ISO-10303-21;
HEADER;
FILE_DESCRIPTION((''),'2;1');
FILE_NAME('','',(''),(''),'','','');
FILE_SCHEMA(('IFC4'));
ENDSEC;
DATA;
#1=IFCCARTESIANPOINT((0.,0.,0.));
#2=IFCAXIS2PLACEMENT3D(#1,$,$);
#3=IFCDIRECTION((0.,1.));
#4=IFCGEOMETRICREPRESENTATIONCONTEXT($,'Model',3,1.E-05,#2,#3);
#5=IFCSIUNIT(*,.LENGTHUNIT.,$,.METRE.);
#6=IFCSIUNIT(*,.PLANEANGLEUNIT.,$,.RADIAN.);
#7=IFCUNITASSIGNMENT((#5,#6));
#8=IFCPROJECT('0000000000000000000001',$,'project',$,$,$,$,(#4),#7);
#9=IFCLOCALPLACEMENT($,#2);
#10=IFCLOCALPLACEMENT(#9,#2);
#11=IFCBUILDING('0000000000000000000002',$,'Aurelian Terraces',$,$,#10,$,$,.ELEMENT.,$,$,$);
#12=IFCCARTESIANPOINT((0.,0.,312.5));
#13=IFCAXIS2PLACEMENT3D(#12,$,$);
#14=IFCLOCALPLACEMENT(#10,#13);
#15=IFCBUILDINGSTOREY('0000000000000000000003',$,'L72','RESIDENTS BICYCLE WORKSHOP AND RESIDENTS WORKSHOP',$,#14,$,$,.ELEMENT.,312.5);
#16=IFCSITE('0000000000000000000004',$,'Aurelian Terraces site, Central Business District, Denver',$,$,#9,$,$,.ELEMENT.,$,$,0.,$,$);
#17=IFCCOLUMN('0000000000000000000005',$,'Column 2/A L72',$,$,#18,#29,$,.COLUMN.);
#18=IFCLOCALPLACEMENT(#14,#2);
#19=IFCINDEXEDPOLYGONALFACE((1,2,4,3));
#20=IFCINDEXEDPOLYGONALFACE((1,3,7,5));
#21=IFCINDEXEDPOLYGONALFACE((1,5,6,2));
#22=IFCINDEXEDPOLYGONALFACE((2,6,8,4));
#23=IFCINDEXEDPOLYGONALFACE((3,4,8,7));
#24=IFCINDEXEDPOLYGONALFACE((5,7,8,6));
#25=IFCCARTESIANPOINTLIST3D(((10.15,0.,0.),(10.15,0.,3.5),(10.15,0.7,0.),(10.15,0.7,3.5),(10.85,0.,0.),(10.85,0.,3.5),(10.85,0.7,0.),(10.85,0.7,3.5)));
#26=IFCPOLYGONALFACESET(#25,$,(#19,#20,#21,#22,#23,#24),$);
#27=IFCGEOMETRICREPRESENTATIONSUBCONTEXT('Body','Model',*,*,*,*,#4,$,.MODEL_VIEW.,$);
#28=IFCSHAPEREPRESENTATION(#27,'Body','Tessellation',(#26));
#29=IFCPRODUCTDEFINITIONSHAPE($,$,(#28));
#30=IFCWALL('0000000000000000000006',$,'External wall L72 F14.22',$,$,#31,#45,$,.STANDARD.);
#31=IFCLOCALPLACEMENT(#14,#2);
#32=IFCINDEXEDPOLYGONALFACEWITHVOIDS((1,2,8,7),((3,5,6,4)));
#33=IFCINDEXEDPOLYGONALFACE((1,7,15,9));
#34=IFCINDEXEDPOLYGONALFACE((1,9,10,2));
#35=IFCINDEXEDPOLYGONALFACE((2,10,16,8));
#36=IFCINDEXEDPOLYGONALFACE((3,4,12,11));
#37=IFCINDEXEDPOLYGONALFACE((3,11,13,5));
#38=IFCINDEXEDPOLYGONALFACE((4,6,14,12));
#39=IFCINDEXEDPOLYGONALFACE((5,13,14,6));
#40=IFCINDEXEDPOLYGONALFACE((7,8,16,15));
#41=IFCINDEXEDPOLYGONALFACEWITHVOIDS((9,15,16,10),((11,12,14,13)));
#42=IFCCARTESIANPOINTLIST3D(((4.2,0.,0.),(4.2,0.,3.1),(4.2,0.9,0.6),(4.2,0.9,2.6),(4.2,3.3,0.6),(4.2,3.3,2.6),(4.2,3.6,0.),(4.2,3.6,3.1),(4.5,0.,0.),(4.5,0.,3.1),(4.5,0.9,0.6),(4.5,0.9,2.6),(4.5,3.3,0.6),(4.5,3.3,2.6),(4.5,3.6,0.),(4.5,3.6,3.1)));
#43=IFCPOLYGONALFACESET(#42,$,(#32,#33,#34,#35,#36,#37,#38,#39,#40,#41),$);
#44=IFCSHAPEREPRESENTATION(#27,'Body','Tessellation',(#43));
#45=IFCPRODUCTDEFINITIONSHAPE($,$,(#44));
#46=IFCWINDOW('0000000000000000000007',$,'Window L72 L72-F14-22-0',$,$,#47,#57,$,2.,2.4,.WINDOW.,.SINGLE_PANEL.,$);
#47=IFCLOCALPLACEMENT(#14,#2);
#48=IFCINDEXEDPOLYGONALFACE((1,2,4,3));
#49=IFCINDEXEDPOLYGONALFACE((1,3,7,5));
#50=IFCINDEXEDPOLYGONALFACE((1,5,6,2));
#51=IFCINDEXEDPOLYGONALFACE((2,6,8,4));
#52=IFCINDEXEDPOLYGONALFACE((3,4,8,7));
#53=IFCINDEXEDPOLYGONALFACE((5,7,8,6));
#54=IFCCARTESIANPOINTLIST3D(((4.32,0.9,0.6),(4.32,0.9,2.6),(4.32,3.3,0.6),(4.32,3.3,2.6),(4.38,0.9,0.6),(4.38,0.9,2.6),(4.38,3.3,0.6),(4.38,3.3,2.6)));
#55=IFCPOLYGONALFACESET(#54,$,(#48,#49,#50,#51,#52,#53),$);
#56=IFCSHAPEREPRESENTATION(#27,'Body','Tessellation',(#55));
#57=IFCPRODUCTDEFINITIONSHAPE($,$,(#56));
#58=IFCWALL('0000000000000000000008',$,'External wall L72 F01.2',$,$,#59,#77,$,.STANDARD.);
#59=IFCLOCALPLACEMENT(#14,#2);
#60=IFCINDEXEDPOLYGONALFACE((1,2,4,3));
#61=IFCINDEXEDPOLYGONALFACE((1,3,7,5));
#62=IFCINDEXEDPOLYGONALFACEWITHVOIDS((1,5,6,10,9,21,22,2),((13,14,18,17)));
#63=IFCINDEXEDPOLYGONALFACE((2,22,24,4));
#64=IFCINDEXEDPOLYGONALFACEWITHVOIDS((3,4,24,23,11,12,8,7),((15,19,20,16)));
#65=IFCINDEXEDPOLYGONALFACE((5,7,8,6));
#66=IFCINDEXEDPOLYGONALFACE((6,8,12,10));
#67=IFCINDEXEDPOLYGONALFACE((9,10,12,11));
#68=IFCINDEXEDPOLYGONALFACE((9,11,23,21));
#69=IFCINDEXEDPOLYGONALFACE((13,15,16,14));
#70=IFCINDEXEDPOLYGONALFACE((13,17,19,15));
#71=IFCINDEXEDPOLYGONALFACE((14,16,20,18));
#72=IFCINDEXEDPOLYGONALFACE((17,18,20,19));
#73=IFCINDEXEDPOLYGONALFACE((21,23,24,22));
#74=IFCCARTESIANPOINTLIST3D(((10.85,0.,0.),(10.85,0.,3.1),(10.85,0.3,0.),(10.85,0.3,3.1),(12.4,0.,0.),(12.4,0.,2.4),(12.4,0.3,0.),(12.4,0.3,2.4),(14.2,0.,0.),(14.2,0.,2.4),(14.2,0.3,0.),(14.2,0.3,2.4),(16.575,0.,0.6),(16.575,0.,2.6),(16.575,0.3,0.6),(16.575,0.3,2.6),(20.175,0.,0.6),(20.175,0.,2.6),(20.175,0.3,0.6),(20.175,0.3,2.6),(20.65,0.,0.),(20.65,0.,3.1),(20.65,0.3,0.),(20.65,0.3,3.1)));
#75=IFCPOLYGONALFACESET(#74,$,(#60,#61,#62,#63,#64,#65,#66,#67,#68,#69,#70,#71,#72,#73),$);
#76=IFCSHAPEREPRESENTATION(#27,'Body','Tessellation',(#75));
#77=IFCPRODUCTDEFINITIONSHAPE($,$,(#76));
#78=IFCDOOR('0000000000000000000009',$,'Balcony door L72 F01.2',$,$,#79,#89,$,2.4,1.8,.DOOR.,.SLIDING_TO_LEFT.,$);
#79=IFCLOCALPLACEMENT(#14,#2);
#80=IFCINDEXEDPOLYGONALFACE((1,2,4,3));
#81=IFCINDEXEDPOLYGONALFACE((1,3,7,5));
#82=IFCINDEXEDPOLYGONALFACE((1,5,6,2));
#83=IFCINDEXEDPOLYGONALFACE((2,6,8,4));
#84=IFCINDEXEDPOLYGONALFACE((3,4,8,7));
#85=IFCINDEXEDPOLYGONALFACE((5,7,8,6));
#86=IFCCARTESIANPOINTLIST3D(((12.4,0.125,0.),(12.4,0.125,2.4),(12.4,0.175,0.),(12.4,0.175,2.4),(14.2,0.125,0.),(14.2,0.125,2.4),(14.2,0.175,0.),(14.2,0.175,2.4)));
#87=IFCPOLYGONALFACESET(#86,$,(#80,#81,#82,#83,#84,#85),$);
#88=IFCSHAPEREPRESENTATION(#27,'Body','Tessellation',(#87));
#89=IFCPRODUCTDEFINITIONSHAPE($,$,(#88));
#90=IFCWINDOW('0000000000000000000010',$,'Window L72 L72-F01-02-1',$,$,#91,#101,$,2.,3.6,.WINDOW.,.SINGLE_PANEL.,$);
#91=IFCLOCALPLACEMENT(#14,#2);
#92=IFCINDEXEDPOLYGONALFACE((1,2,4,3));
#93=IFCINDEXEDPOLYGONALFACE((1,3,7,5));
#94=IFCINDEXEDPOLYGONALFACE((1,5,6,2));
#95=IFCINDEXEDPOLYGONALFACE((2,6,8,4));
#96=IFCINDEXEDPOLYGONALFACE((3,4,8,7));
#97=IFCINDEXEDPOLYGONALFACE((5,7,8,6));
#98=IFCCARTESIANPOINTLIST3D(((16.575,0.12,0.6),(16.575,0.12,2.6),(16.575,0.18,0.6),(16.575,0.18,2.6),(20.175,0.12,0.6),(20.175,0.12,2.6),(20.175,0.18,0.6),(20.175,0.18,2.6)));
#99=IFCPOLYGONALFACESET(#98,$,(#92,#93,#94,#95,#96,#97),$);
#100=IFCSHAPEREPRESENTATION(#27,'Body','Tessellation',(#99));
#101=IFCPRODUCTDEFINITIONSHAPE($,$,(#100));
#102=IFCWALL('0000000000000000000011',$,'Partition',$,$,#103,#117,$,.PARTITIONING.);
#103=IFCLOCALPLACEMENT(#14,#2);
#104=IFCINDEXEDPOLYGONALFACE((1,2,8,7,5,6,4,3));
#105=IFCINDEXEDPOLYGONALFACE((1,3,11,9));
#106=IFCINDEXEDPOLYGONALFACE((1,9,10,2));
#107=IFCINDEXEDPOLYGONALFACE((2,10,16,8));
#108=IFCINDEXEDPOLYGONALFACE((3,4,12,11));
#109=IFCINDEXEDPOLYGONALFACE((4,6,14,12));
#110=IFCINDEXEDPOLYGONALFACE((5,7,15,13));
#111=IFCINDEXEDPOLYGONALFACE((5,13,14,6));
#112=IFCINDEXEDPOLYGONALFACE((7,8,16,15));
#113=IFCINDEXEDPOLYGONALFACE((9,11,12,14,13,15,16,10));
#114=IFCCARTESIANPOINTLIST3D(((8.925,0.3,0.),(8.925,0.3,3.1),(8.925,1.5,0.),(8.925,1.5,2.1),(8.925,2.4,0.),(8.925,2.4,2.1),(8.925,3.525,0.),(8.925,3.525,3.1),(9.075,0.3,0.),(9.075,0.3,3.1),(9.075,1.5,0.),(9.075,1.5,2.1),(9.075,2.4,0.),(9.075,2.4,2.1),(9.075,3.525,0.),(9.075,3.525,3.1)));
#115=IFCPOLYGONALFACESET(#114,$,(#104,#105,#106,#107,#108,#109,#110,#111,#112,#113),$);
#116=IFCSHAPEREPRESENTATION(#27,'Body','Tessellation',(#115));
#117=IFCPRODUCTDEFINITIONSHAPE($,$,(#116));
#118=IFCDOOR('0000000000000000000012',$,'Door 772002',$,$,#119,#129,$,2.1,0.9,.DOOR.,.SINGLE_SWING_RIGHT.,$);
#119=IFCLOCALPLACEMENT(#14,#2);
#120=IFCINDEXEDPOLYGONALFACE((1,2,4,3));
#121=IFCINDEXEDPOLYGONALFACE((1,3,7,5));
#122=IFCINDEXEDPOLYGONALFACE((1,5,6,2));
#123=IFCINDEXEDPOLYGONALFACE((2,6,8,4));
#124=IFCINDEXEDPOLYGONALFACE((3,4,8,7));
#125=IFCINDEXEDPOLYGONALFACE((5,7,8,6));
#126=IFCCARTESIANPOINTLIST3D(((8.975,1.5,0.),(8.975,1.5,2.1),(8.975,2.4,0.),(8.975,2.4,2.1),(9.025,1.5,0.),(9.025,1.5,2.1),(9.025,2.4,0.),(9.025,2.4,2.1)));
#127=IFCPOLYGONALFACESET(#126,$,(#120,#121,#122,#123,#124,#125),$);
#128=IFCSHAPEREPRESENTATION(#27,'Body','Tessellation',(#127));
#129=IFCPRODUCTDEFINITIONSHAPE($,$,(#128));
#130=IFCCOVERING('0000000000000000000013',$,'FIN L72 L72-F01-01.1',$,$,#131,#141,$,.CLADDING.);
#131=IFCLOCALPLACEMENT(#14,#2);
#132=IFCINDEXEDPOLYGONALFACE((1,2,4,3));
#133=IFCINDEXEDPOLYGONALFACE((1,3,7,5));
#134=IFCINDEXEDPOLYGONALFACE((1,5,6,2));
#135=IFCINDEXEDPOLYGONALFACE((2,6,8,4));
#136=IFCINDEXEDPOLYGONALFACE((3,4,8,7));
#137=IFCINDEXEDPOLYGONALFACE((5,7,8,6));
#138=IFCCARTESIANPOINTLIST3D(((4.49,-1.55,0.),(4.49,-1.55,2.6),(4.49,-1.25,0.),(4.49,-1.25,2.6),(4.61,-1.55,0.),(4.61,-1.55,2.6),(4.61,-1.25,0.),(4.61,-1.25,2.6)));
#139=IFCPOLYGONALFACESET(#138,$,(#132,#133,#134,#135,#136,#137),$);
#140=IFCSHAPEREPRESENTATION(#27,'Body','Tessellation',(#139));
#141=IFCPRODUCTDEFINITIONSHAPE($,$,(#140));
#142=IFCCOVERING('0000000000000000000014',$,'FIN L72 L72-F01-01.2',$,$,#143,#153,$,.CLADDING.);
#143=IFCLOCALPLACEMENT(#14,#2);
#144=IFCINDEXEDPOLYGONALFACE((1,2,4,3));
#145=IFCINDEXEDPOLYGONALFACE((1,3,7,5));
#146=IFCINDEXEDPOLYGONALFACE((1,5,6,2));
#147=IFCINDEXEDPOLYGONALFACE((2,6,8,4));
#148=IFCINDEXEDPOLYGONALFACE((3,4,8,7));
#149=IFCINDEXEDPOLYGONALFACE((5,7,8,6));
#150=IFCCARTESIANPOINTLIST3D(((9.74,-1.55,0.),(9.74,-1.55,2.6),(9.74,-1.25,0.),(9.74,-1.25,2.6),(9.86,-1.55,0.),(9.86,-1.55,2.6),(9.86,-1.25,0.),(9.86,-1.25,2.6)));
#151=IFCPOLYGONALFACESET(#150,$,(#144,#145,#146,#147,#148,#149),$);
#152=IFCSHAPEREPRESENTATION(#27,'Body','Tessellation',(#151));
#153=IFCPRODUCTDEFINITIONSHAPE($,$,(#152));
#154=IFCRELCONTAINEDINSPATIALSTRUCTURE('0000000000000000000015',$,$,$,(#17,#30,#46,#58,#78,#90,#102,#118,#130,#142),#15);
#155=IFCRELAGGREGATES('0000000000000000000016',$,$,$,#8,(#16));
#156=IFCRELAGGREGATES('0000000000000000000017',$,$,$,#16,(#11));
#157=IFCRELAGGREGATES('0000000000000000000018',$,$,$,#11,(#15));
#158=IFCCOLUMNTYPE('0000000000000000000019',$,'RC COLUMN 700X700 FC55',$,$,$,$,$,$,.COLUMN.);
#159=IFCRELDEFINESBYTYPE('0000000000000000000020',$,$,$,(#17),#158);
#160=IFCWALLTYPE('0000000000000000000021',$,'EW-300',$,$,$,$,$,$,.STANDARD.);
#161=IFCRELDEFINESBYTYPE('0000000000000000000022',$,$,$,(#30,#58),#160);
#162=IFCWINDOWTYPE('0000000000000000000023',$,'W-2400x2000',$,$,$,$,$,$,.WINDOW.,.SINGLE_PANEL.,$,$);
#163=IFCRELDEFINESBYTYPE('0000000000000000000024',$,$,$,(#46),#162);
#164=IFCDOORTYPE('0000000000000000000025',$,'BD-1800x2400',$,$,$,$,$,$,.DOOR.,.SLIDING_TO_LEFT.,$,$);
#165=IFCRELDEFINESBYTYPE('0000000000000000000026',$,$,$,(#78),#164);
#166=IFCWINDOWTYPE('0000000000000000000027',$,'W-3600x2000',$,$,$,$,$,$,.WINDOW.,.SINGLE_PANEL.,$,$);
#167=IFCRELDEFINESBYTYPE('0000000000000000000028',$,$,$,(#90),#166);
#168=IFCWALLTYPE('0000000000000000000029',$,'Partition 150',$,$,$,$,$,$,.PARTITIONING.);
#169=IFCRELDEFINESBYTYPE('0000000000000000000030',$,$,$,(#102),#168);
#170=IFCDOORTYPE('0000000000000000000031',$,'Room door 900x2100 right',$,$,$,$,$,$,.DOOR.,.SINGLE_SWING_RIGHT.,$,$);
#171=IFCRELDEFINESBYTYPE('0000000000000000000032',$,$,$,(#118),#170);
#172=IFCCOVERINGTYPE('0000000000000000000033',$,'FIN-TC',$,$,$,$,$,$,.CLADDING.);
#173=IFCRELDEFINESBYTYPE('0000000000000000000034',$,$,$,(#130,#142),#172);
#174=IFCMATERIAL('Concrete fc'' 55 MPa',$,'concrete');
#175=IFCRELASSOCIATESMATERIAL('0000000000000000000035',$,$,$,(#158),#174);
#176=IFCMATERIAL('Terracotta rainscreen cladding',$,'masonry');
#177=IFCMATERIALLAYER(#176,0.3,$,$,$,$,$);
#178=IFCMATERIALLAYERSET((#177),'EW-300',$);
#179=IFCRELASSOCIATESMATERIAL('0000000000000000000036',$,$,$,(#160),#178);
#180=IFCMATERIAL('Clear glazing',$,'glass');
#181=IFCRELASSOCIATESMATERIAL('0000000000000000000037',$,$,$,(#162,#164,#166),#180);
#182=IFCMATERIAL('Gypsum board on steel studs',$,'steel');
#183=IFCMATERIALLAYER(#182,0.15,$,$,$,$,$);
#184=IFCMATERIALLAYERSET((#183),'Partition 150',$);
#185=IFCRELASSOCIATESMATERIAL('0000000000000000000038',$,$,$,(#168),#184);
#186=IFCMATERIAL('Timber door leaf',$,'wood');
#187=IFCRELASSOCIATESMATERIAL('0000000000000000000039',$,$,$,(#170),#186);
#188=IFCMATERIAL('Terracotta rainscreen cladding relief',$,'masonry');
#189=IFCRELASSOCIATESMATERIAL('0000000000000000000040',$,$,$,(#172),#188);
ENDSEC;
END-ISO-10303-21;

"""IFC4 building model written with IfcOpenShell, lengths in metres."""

from ifc_helpers import new_model, si_unit, direction, frame, frame_2d, origin, origin_2d, place, context, subcontext, project, spatial, rectangle, extrude, source, transform, mapped, material, layer, layer_set, material_profile, profile_set, type_object, element, fill, save


model = new_model("IFC4")

# Units and contexts
model_context = context("Model", 3, precision=1e-05, world=origin(), true_north=direction((0.0, 1.0)))
body_context = subcontext(model_context, "Body", "Model", "MODEL_VIEW")
ifc_project = project(units=[si_unit("LENGTHUNIT", "METRE"), si_unit("PLANEANGLEUNIT", "RADIAN")], contexts=[model_context])

# Site, building, storey
site_placement = place(None, origin())
site = spatial("IfcSite", under=ifc_project, at=site_placement, Name="Aurelian Terraces site, Central Business District, Denver", CompositionType="ELEMENT", RefElevation=0.0)
building_placement = place(site_placement, origin())
building = spatial("IfcBuilding", under=site, at=building_placement, Name="Aurelian Terraces", CompositionType="ELEMENT")
storey_placement = place(building_placement, frame((0.0, 0.0, 312.5)))
storey = spatial("IfcBuildingStorey", under=building, at=storey_placement, Name="L72", Description="RESIDENTS BICYCLE WORKSHOP AND RESIDENTS WORKSHOP", CompositionType="ELEMENT", Elevation=312.5)

# Column
ifc_material_1 = material(Name="Concrete fc' 55 MPa", Category="concrete")
ifc_material_profile = material_profile(ifc_material_1, rectangle(XDim=0.7, YDim=0.7, at=origin_2d()))
ifc_profile_set = profile_set([ifc_material_profile], Name="Concrete fc' 55 MPa")
column_type = type_object("IfcColumnType", Name="RC COLUMN 700X700 FC55", PredefinedType="COLUMN", material=ifc_profile_set)
shared_shape_1 = source(origin(), body_context, "Body", "SweptSolid", [
    extrude(rectangle(XDim=0.7, YDim=0.7, at=origin_2d()), origin(), (0.0, 0.0, 1.0), 3.5),
])
column_placement = place(storey_placement, frame((10.5, 0.35, 0.0), z_axis=(0.0, 0.0, 1.0), x_axis=(1.0, 0.0, 0.0)))
element("IfcColumn", 1, at=column_placement, inside=storey, type_object=column_type, Name="Column 2/A L72", PredefinedType="COLUMN", context=body_context, shape_type="MappedRepresentation", body=[
    mapped(shared_shape_1, transform((0.0, 0.0, 0.0), scale=1.0)),
])

# Wall, opening, window
ifc_material_2 = material(Name="Terracotta rainscreen cladding", Category="masonry")
ifc_layer_1 = layer(ifc_material_2, 0.3)
ifc_layer_set_1 = layer_set([ifc_layer_1], Name="EW-300")
wall_type_1 = type_object("IfcWallType", Name="EW-300", PredefinedType="STANDARD", material=ifc_layer_set_1)
shared_shape_2 = source(origin(), body_context, "Body", "SweptSolid", [
    extrude(rectangle(XDim=3.6, YDim=0.3, at=frame_2d((1.8, 0.0))), origin(), (0.0, 0.0, 1.0), 3.1),
])
wall_1_placement = place(storey_placement, frame((4.35, 3.6, 0.0), z_axis=(0.0, 0.0, 1.0), x_axis=(0.0, -1.0, 0.0)))
wall_1 = element("IfcWall", 2, at=wall_1_placement, inside=storey, type_object=wall_type_1, Name="External wall L72 F14.22", PredefinedType="STANDARD", context=body_context, shape_type="MappedRepresentation", body=[
    mapped(shared_shape_2, transform((0.0, 0.0, 0.0), scale=1.0)),
])
shared_shape_3 = source(origin(), body_context, "Body", "SweptSolid", [
    extrude(rectangle(XDim=2.4, YDim=2.0, at=frame_2d((1.2, 1.0))), frame((0.0, 0.16, 0.0), z_axis=(0.0, -1.0, 0.0), x_axis=(1.0, 0.0, 0.0)), (0.0, 0.0, 1.0), 0.32),
])
opening_1_placement = place(wall_1_placement, frame((0.3, 0.0, 0.6)))
opening_1 = element("IfcOpeningElement", 3, at=opening_1_placement, cuts=wall_1, PredefinedType="OPENING", context=body_context, shape_type="MappedRepresentation", body=[
    mapped(shared_shape_3, transform((0.0, 0.0, 0.0), scale=1.0)),
])
ifc_material_3 = material(Name="Clear glazing", Category="glass")
window_type_1 = type_object("IfcWindowType", Name="W-2400x2000", PartitioningType="SINGLE_PANEL", PredefinedType="WINDOW", material=ifc_material_3)
shared_shape_4 = source(origin(), body_context, "Body", "SweptSolid", [
    extrude(rectangle(XDim=2.4, YDim=2.0, at=frame_2d((1.2, 1.0))), frame((0.0, 0.03, 0.0), z_axis=(0.0, -1.0, 0.0), x_axis=(1.0, 0.0, 0.0)), (0.0, 0.0, 1.0), 0.06),
])
window_1_placement = place(opening_1_placement, origin())
window_1 = element("IfcWindow", 4, at=window_1_placement, inside=storey, type_object=window_type_1, Name="Window L72 L72-F14-22-0", OverallHeight=2.0, OverallWidth=2.4, PartitioningType="SINGLE_PANEL", PredefinedType="WINDOW", context=body_context, shape_type="MappedRepresentation", body=[
    mapped(shared_shape_4, transform((0.0, 0.0, 0.0), scale=1.0)),
])
fill(opening_1, window_1)

# Wall, openings, door, window
shared_shape_5 = source(origin(), body_context, "Body", "SweptSolid", [
    extrude(rectangle(XDim=9.8, YDim=0.3, at=frame_2d((4.9, 0.0))), origin(), (0.0, 0.0, 1.0), 3.1),
])
wall_2_placement = place(storey_placement, frame((10.85, 0.15, 0.0), z_axis=(0.0, 0.0, 1.0), x_axis=(1.0, 0.0, 0.0)))
wall_2 = element("IfcWall", 5, at=wall_2_placement, inside=storey, type_object=wall_type_1, Name="External wall L72 F01.2", PredefinedType="STANDARD", context=body_context, shape_type="MappedRepresentation", body=[
    mapped(shared_shape_5, transform((0.0, 0.0, 0.0), scale=1.0)),
])
shared_shape_6 = source(origin(), body_context, "Body", "SweptSolid", [
    extrude(rectangle(XDim=1.8, YDim=2.4, at=frame_2d((0.9, 1.2))), frame((0.0, 0.16, 0.0), z_axis=(0.0, -1.0, 0.0), x_axis=(1.0, 0.0, 0.0)), (0.0, 0.0, 1.0), 0.32),
])
opening_2_placement = place(wall_2_placement, frame((1.55, 0.0, 0.0)))
opening_2 = element("IfcOpeningElement", 6, at=opening_2_placement, cuts=wall_2, PredefinedType="OPENING", context=body_context, shape_type="MappedRepresentation", body=[
    mapped(shared_shape_6, transform((0.0, 0.0, 0.0), scale=1.0)),
])
shared_shape_7 = source(origin(), body_context, "Body", "SweptSolid", [
    extrude(rectangle(XDim=3.6, YDim=2.0, at=frame_2d((1.8, 1.0))), frame((0.0, 0.16, 0.0), z_axis=(0.0, -1.0, 0.0), x_axis=(1.0, 0.0, 0.0)), (0.0, 0.0, 1.0), 0.32),
])
opening_3_placement = place(wall_2_placement, frame((5.725, 0.0, 0.6)))
opening_3 = element("IfcOpeningElement", 7, at=opening_3_placement, cuts=wall_2, PredefinedType="OPENING", context=body_context, shape_type="MappedRepresentation", body=[
    mapped(shared_shape_7, transform((0.0, 0.0, 0.0), scale=1.0)),
])
door_type_1 = type_object("IfcDoorType", Name="BD-1800x2400", OperationType="SLIDING_TO_LEFT", PredefinedType="DOOR", material=ifc_material_3)
shared_shape_8 = source(origin(), body_context, "Body", "SweptSolid", [
    extrude(rectangle(XDim=1.8, YDim=2.4, at=frame_2d((0.9, 1.2))), frame((0.0, 0.025, 0.0), z_axis=(0.0, -1.0, 0.0), x_axis=(1.0, 0.0, 0.0)), (0.0, 0.0, 1.0), 0.05),
])
door_1_placement = place(opening_2_placement, origin())
door_1 = element("IfcDoor", 8, at=door_1_placement, inside=storey, type_object=door_type_1, Name="Balcony door L72 F01.2", OperationType="SLIDING_TO_LEFT", OverallHeight=2.4, OverallWidth=1.8, PredefinedType="DOOR", context=body_context, shape_type="MappedRepresentation", body=[
    mapped(shared_shape_8, transform((0.0, 0.0, 0.0), scale=1.0)),
])
fill(opening_2, door_1)
window_type_2 = type_object("IfcWindowType", Name="W-3600x2000", PartitioningType="SINGLE_PANEL", PredefinedType="WINDOW", material=ifc_material_3)
shared_shape_9 = source(origin(), body_context, "Body", "SweptSolid", [
    extrude(rectangle(XDim=3.6, YDim=2.0, at=frame_2d((1.8, 1.0))), frame((0.0, 0.03, 0.0), z_axis=(0.0, -1.0, 0.0), x_axis=(1.0, 0.0, 0.0)), (0.0, 0.0, 1.0), 0.06),
])
window_2_placement = place(opening_3_placement, origin())
window_2 = element("IfcWindow", 9, at=window_2_placement, inside=storey, type_object=window_type_2, Name="Window L72 L72-F01-02-1", OverallHeight=2.0, OverallWidth=3.6, PartitioningType="SINGLE_PANEL", PredefinedType="WINDOW", context=body_context, shape_type="MappedRepresentation", body=[
    mapped(shared_shape_9, transform((0.0, 0.0, 0.0), scale=1.0)),
])
fill(opening_3, window_2)

# Wall, opening, door
ifc_material_4 = material(Name="Gypsum board on steel studs", Category="steel")
ifc_layer_2 = layer(ifc_material_4, 0.15)
ifc_layer_set_2 = layer_set([ifc_layer_2], Name="Partition 150")
wall_type_2 = type_object("IfcWallType", Name="Partition 150", PredefinedType="PARTITIONING", material=ifc_layer_set_2)
shared_shape_10 = source(origin(), body_context, "Body", "SweptSolid", [
    extrude(rectangle(XDim=3.225, YDim=0.15, at=frame_2d((1.6125, 0.0))), origin(), (0.0, 0.0, 1.0), 3.1),
])
wall_3_placement = place(storey_placement, frame((9.0, 3.525, 0.0), z_axis=(0.0, 0.0, 1.0), x_axis=(0.0, -1.0, 0.0)))
wall_3 = element("IfcWall", 10, at=wall_3_placement, inside=storey, type_object=wall_type_2, Name="Partition", PredefinedType="PARTITIONING", context=body_context, shape_type="MappedRepresentation", body=[
    mapped(shared_shape_10, transform((0.0, 0.0, 0.0), scale=1.0)),
])
shared_shape_11 = source(origin(), body_context, "Body", "SweptSolid", [
    extrude(rectangle(XDim=0.9, YDim=2.1, at=frame_2d((0.45, 1.05))), frame((0.0, 0.085, 0.0), z_axis=(0.0, -1.0, 0.0), x_axis=(1.0, 0.0, 0.0)), (0.0, 0.0, 1.0), 0.17),
])
opening_4_placement = place(wall_3_placement, frame((1.125, 0.0, 0.0)))
opening_4 = element("IfcOpeningElement", 11, at=opening_4_placement, cuts=wall_3, PredefinedType="OPENING", context=body_context, shape_type="MappedRepresentation", body=[
    mapped(shared_shape_11, transform((0.0, 0.0, 0.0), scale=1.0)),
])
ifc_material_5 = material(Name="Timber door leaf", Category="wood")
door_type_2 = type_object("IfcDoorType", Name="Room door 900x2100 right", OperationType="SINGLE_SWING_RIGHT", PredefinedType="DOOR", material=ifc_material_5)
shared_shape_12 = source(origin(), body_context, "Body", "SweptSolid", [
    extrude(rectangle(XDim=0.9, YDim=2.1, at=frame_2d((0.45, 1.05))), frame((0.0, 0.025, 0.0), z_axis=(0.0, -1.0, 0.0), x_axis=(1.0, 0.0, 0.0)), (0.0, 0.0, 1.0), 0.05),
])
door_2_placement = place(opening_4_placement, origin())
door_2 = element("IfcDoor", 12, at=door_2_placement, inside=storey, type_object=door_type_2, Name="Door 772002", OperationType="SINGLE_SWING_RIGHT", OverallHeight=2.1, OverallWidth=0.9, PredefinedType="DOOR", context=body_context, shape_type="MappedRepresentation", body=[
    mapped(shared_shape_12, transform((0.0, 0.0, 0.0), scale=1.0)),
])
fill(opening_4, door_2)

# Coverings
ifc_material_6 = material(Name="Terracotta rainscreen cladding relief", Category="masonry")
covering_type_1 = type_object("IfcCoveringType", Name="FIN-TC", PredefinedType="CLADDING", material=ifc_material_6)
shared_shape_13 = source(origin(), body_context, "Body", "SweptSolid", [
    extrude(rectangle(XDim=0.12, YDim=0.3, at=origin_2d()), origin(), (0.0, 0.0, 1.0), 2.6),
])
for number, where, z_axis, x_axis, name in (
    (13, (4.55, -1.4, 0.0), (0.0, 0.0, 1.0), (1.0, 0.0, 0.0), "FIN L72 L72-F01-01.1"),
    (14, (9.8, -1.4, 0.0), (0.0, 0.0, 1.0), (1.0, 0.0, 0.0), "FIN L72 L72-F01-01.2"),
):
    element("IfcCovering", number, at=place(storey_placement, frame(where, z_axis=z_axis, x_axis=x_axis)), inside=storey, type_object=covering_type_1, Name=name, PredefinedType="CLADDING", context=body_context, shape_type="MappedRepresentation", body=[
        mapped(shared_shape_13, transform((0.0, 0.0, 0.0), scale=1.0)),
    ])

save(model, "model.ifc")
